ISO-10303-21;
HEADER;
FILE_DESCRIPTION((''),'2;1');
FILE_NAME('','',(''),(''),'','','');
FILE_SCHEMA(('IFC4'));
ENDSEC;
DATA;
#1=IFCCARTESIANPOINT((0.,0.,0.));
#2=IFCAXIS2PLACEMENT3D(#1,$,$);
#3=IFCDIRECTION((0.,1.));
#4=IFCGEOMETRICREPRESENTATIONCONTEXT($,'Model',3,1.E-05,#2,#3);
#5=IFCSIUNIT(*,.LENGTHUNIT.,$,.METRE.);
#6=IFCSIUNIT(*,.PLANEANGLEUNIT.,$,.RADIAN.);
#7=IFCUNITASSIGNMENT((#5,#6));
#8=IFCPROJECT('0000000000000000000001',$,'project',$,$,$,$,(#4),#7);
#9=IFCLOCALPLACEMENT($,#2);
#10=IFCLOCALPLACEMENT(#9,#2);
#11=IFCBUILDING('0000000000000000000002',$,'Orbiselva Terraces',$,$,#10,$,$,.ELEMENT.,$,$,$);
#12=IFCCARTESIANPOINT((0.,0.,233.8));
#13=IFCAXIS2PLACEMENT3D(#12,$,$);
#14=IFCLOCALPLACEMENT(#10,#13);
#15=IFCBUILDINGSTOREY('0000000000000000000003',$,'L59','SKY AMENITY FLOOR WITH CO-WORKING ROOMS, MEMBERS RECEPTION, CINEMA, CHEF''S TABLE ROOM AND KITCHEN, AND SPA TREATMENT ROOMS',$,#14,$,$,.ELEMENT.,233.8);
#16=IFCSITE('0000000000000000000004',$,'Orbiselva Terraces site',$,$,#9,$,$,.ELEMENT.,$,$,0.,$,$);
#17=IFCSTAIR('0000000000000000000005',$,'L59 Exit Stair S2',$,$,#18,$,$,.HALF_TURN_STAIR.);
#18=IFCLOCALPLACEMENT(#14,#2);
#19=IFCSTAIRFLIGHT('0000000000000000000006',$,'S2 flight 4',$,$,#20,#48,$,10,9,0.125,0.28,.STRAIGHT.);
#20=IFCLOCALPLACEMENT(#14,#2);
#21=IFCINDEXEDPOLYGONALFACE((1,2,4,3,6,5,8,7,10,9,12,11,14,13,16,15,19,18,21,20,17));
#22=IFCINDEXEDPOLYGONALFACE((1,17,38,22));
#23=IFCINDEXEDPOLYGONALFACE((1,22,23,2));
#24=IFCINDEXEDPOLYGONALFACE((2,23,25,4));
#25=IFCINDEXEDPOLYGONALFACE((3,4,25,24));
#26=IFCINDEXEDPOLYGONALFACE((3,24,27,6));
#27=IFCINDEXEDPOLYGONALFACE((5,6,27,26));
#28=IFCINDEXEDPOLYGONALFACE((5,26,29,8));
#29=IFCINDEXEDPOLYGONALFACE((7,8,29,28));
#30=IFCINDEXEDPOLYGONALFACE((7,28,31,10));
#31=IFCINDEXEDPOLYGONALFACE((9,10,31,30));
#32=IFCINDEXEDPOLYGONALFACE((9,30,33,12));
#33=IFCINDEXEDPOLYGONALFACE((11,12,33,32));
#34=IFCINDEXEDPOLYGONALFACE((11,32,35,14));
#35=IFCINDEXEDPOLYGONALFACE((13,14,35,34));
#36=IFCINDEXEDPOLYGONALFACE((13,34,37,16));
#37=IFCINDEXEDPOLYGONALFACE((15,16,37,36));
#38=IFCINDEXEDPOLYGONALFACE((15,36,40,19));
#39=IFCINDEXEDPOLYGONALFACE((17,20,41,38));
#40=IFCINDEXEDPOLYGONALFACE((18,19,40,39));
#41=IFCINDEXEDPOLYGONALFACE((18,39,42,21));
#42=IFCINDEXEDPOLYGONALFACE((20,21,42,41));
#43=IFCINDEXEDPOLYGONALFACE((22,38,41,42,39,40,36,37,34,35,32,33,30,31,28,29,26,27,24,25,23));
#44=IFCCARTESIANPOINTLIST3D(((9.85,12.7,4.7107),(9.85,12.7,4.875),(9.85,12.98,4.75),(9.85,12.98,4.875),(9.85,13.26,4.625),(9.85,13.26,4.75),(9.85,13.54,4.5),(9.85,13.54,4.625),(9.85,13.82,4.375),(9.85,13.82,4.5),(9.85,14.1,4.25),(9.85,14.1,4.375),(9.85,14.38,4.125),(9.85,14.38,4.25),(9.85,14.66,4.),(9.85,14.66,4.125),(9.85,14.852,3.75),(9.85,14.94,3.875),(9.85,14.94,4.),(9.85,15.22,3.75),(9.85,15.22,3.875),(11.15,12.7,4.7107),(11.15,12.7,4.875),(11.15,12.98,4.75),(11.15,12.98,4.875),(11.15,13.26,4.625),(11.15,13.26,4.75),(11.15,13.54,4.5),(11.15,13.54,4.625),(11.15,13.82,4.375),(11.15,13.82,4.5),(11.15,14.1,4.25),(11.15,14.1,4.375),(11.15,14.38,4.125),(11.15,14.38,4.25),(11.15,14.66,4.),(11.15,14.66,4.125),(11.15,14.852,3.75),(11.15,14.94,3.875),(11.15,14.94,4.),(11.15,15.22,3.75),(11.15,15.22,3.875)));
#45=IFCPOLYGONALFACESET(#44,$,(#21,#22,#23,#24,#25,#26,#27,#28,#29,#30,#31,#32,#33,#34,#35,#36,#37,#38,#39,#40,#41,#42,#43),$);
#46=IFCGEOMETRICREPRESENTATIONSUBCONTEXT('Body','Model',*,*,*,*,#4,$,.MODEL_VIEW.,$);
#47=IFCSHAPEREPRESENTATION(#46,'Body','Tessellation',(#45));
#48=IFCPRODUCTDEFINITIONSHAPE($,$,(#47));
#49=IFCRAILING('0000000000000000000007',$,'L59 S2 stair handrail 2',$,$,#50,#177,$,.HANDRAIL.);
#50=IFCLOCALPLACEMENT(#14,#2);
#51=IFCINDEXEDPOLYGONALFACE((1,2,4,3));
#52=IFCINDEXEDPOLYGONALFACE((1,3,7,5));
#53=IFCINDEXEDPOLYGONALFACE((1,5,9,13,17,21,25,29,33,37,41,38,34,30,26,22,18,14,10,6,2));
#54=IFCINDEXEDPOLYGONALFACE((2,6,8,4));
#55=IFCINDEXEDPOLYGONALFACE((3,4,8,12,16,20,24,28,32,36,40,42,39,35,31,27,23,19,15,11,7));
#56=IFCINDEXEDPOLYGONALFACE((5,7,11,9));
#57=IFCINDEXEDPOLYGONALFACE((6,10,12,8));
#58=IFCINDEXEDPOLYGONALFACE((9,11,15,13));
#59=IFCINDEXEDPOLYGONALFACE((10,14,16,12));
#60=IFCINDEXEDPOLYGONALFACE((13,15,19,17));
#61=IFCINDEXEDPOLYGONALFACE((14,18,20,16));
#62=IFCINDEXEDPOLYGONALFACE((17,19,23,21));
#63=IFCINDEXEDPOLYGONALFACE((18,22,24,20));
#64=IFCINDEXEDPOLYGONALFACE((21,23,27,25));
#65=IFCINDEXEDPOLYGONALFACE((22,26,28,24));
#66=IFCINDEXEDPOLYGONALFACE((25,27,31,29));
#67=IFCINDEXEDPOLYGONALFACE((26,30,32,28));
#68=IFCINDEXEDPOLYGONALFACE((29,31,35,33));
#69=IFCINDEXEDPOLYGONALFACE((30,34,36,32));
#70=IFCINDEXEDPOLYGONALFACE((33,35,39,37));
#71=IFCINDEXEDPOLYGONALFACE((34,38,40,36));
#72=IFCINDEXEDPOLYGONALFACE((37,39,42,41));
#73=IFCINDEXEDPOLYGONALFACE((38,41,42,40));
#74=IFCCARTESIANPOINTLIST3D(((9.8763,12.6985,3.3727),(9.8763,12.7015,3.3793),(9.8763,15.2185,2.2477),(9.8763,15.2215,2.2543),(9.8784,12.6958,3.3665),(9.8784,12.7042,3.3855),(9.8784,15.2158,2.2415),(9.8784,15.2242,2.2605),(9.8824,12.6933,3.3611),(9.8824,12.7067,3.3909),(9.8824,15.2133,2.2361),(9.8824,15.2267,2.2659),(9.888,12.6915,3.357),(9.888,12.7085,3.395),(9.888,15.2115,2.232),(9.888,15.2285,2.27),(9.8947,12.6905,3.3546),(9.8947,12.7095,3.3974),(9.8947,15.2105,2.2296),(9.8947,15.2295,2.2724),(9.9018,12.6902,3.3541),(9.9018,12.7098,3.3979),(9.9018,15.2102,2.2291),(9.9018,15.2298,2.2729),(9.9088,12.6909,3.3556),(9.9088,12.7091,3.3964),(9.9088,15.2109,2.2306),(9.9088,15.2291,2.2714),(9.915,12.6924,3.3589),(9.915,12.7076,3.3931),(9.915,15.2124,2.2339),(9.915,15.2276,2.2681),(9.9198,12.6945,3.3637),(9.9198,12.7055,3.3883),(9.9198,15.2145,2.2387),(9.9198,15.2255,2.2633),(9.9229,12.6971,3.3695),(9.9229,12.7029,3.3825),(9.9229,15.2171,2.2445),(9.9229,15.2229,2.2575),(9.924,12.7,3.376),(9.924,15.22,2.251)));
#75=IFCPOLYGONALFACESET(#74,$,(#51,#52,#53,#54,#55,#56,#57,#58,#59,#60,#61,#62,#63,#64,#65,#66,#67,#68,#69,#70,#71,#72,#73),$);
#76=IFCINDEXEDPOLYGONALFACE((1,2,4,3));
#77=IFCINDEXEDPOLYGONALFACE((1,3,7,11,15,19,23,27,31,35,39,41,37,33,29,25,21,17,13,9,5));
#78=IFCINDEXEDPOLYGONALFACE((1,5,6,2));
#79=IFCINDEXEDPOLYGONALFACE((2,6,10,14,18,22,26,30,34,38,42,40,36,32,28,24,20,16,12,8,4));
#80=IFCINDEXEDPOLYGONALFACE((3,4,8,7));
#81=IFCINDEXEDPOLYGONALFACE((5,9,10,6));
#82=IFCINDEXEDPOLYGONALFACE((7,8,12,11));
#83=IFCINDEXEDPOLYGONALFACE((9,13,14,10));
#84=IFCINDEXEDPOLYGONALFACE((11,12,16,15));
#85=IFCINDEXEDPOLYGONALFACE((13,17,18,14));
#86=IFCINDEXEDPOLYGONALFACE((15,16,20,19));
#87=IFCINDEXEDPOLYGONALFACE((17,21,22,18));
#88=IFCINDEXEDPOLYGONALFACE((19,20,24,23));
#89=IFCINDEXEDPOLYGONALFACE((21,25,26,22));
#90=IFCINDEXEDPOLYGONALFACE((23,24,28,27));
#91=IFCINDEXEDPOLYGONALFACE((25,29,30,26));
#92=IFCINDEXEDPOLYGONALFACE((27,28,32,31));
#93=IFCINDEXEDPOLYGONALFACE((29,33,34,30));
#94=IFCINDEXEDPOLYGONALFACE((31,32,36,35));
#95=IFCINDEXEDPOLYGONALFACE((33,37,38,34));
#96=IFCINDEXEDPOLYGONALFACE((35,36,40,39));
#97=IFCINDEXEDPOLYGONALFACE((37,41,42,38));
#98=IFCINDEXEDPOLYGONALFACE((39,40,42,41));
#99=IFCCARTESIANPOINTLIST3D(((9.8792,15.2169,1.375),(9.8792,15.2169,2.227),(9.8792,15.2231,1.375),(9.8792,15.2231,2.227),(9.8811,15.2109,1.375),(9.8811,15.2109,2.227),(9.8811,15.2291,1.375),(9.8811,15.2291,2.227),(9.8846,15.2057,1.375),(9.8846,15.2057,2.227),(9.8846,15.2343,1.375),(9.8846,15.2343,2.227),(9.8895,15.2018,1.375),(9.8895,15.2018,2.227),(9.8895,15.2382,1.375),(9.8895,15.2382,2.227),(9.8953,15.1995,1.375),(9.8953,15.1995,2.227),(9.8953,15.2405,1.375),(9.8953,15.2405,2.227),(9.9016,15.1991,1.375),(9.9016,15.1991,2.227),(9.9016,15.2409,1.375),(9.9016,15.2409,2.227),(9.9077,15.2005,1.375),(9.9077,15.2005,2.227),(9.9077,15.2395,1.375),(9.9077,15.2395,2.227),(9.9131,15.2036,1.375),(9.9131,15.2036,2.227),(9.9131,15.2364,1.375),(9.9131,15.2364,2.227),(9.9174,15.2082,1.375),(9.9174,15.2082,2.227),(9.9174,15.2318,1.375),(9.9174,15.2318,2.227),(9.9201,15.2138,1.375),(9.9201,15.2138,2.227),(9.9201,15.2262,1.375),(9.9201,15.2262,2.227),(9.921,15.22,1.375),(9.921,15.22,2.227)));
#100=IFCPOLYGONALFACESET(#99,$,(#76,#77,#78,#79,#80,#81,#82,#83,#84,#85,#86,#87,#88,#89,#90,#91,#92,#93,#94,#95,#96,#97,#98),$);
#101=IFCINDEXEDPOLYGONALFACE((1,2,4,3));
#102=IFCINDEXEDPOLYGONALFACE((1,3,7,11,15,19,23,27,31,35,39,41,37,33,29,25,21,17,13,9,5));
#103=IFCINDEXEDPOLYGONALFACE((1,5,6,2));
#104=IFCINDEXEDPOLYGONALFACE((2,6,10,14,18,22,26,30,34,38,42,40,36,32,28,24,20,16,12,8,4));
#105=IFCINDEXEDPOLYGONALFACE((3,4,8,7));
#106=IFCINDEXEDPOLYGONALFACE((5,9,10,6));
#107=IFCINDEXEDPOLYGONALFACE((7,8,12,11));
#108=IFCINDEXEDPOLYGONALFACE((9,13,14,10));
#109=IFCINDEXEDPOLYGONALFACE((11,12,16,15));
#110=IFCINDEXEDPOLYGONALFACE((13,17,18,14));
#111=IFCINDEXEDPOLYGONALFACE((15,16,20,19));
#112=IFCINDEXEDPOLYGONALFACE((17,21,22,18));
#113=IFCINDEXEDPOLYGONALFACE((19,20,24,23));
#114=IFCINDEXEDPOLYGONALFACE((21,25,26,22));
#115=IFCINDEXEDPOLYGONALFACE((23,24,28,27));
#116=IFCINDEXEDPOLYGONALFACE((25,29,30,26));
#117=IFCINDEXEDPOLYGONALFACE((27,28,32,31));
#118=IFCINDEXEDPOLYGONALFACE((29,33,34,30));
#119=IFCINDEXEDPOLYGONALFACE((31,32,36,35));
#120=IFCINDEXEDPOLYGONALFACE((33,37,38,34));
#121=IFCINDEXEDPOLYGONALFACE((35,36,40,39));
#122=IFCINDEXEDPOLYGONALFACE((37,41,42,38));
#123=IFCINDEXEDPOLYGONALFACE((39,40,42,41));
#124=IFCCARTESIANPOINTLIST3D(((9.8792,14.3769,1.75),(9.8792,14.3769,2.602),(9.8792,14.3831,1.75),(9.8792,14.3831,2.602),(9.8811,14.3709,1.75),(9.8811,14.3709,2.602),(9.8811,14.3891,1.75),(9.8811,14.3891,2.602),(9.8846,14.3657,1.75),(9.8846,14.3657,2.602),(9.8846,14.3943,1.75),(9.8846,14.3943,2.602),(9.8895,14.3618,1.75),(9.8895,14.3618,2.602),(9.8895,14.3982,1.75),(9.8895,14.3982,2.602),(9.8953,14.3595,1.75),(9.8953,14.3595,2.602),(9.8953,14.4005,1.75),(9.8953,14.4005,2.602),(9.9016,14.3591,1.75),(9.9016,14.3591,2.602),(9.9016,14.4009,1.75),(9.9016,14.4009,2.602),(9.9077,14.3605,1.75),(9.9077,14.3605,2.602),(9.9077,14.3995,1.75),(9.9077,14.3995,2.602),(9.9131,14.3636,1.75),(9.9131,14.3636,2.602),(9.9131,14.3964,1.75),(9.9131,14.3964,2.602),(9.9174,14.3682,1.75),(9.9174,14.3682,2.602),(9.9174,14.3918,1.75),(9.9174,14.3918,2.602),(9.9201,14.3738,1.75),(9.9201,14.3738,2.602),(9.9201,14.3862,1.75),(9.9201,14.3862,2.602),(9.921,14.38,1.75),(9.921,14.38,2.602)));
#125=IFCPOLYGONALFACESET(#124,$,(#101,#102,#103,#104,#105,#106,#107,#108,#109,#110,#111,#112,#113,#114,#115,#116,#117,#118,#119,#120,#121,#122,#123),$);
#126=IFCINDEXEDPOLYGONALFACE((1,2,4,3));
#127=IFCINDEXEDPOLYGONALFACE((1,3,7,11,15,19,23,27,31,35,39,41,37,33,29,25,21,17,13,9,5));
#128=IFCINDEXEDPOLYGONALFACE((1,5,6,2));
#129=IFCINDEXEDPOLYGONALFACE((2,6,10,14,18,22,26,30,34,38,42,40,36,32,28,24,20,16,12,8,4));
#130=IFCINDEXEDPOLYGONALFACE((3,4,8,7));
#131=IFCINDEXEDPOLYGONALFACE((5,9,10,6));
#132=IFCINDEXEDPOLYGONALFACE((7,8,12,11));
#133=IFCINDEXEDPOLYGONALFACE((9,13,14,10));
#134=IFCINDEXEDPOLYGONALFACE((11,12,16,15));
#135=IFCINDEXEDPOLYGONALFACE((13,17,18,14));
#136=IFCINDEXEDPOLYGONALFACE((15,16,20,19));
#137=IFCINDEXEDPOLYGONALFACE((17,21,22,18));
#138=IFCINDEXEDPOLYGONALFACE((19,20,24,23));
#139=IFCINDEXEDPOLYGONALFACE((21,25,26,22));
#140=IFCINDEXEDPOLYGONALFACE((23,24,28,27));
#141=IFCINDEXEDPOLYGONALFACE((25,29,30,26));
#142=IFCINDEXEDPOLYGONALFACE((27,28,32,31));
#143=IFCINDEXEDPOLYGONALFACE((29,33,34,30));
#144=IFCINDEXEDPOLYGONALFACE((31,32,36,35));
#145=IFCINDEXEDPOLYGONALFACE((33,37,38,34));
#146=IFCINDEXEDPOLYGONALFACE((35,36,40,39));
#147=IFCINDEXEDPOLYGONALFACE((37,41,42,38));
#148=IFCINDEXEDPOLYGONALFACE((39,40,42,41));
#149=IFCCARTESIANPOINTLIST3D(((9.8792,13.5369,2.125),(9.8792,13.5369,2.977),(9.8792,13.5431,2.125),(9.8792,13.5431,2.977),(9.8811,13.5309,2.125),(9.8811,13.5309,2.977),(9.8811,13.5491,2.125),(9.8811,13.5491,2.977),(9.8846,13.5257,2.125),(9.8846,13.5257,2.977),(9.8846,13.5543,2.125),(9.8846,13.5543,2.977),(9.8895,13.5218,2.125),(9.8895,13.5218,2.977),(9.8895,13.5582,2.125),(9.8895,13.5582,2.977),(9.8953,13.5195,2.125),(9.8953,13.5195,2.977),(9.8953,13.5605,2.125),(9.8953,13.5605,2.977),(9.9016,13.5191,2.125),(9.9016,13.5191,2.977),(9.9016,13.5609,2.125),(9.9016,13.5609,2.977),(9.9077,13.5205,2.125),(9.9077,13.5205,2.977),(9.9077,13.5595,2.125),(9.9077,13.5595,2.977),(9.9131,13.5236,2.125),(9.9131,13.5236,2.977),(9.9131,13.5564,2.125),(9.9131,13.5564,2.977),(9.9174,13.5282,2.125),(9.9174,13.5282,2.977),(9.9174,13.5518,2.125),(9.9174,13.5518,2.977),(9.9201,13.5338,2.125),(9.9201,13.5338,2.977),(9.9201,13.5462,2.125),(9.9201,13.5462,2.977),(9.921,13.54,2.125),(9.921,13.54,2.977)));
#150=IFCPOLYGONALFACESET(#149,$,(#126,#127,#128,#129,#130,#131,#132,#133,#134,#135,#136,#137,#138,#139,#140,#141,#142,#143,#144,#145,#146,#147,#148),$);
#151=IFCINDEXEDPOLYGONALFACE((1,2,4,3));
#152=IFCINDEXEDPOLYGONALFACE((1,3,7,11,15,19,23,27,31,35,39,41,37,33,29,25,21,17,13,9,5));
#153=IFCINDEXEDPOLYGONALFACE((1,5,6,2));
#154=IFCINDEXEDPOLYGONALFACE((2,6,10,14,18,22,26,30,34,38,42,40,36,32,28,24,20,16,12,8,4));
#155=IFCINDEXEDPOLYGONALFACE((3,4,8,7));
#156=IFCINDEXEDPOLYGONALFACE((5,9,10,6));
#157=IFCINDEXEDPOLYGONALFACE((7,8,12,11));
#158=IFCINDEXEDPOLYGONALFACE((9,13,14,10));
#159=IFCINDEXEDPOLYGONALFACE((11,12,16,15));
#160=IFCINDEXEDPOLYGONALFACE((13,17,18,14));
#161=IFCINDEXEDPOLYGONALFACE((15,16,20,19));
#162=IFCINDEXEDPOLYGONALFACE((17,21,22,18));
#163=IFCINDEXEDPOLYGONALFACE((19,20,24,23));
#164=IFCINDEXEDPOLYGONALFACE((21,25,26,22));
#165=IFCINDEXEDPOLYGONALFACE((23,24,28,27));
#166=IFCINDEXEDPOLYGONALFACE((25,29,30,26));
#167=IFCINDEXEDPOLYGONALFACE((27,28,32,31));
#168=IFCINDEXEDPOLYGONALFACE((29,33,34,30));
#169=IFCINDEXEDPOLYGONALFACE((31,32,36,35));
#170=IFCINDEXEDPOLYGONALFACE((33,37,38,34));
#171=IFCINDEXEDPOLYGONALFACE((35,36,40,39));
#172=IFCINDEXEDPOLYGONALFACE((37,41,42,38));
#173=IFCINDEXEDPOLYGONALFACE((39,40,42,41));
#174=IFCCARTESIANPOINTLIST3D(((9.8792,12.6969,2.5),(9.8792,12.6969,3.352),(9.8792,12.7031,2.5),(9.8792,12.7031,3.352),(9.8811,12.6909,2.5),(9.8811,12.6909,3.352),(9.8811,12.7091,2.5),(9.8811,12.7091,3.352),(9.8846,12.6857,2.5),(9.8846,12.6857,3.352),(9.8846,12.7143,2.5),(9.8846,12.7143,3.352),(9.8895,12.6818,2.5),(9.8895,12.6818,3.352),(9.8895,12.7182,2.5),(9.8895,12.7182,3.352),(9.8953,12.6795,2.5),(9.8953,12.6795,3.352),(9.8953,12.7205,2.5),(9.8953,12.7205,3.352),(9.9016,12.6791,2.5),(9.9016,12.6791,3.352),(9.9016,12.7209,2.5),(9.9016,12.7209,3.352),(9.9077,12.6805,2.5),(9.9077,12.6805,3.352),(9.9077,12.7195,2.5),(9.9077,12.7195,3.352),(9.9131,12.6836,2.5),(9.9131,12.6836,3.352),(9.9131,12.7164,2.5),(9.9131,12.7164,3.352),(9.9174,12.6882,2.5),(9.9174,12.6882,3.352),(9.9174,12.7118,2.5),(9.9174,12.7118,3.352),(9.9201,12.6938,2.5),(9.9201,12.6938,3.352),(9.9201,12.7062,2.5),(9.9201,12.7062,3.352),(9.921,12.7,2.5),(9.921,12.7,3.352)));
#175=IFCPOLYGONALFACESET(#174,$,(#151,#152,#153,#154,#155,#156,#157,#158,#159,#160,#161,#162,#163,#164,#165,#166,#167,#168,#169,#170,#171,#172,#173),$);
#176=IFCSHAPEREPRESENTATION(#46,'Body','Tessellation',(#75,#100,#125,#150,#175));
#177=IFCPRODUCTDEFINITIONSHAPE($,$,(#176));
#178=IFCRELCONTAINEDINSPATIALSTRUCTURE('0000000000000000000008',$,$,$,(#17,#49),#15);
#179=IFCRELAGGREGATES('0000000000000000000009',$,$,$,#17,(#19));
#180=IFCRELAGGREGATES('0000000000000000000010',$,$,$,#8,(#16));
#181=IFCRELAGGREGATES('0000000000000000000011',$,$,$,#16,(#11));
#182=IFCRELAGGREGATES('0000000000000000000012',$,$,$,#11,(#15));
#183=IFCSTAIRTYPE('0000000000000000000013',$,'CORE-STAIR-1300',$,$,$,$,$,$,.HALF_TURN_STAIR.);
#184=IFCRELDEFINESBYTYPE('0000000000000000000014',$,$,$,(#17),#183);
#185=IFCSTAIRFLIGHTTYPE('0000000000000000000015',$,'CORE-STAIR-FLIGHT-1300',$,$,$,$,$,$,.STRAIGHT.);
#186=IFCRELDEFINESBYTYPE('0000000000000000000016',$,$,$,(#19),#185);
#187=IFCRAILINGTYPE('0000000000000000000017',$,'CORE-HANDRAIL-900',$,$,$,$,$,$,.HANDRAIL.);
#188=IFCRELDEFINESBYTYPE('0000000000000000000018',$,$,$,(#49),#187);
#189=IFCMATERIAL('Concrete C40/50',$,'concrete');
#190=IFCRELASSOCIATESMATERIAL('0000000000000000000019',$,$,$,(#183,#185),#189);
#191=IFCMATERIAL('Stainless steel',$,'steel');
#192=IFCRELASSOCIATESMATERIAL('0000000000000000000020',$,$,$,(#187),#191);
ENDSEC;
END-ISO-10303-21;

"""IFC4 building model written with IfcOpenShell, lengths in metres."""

from ifc_helpers import new_model, si_unit, direction, frame, origin, origin_2d, place, context, subcontext, project, spatial, polyline, circle, outline, extrude, material, type_object, element, aggregate, save


model = new_model("IFC4")

# Units and contexts
model_context = context("Model", 3, precision=1e-05, world=origin(), true_north=direction((0.0, 1.0)))
body_context = subcontext(model_context, "Body", "Model", "MODEL_VIEW")
ifc_project = project(units=[si_unit("LENGTHUNIT", "METRE"), si_unit("PLANEANGLEUNIT", "RADIAN")], contexts=[model_context])

# Site, building, storey
site_placement = place(None, origin())
site = spatial("IfcSite", under=ifc_project, at=site_placement, Name="Orbiselva Terraces site", CompositionType="ELEMENT", RefElevation=0.0)
building_placement = place(site_placement, origin())
building = spatial("IfcBuilding", under=site, at=building_placement, Name="Orbiselva Terraces", CompositionType="ELEMENT")
storey_placement = place(building_placement, frame((0.0, 0.0, 233.8)))
storey = spatial("IfcBuildingStorey", under=building, at=storey_placement, Name="L59", Description="SKY AMENITY FLOOR WITH CO-WORKING ROOMS, MEMBERS RECEPTION, CINEMA, CHEF'S TABLE ROOM AND KITCHEN, AND SPA TREATMENT ROOMS", CompositionType="ELEMENT", Elevation=233.8)

# Shared definitions
ifc_material_1 = material(Name="Concrete C40/50", Category="concrete")

# Stair, stair flight
stair_type = type_object("IfcStairType", Name="CORE-STAIR-1300", PredefinedType="HALF_TURN_STAIR", material=ifc_material_1)
stair_placement = place(storey_placement, origin())
stair = element("IfcStair", 1, at=stair_placement, inside=storey, type_object=stair_type, Name="L59 Exit Stair S2", PredefinedType="HALF_TURN_STAIR")
stair_flight_type = type_object("IfcStairFlightType", Name="CORE-STAIR-FLIGHT-1300", PredefinedType="STRAIGHT", material=ifc_material_1)
stair_flight_1_placement = place(storey_placement, frame((10.5, 15.22, 3.75), z_axis=(0.0, 0.0, 1.0), x_axis=(0.0, -1.0, 0.0)))
stair_flight_1 = element("IfcStairFlight", 2, at=stair_flight_1_placement, type_object=stair_flight_type, Name="S2 flight 4", NumberOfRisers=10, NumberOfTreads=9, PredefinedType="STRAIGHT", RiserHeight=0.125, TreadLength=0.28, context=body_context, shape_type="SweptSolid", body=[
    extrude(outline(polyline([(0.0, 0.0), (0.0, 0.125), (0.28, 0.125), (0.28, 0.25), (0.56, 0.25), (0.56, 0.375), (0.84, 0.375), (0.84, 0.5), (1.12, 0.5), (1.12, 0.625), (1.4, 0.625), (1.4, 0.75), (1.68, 0.75), (1.68, 0.875), (1.96, 0.875), (1.96, 1.0), (2.24, 1.0), (2.24, 1.125), (2.52, 1.125), (2.52, 1.25), (2.52, 0.9607), (0.368, 0.0), (0.0, 0.0)])), frame((0.0, 0.65, 0.0), z_axis=(0.0, -1.0, 0.0), x_axis=(1.0, 0.0, 0.0)), (0.0, 0.0, 1.0), 1.3),
])
aggregate(stair, [stair_flight_1])

# Railing
ifc_material_2 = material(Name="Stainless steel", Category="steel")
railing_type_1 = type_object("IfcRailingType", Name="CORE-HANDRAIL-900", PredefinedType="HANDRAIL", material=ifc_material_2)
railing_1_placement = place(storey_placement, frame((9.9, 15.22, 1.375)))
element("IfcRailing", 3, at=railing_1_placement, inside=storey, type_object=railing_type_1, Name="L59 S2 stair handrail 2", PredefinedType="HANDRAIL", context=body_context, shape_type="SweptSolid", body=[
    extrude(circle(Radius=0.024, at=origin_2d()), frame((0.0, 0.0, 0.876), z_axis=(0.0, -0.913138, 0.407651), x_axis=(1.0, 0.0, 0.0)), (0.0, 0.0, 1.0), 2.7597),
    extrude(circle(Radius=0.021, at=origin_2d()), origin(), (0.0, 0.0, 1.0), 0.852),
    extrude(circle(Radius=0.021, at=origin_2d()), frame((0.0, -0.84, 0.375)), (0.0, 0.0, 1.0), 0.852),
    extrude(circle(Radius=0.021, at=origin_2d()), frame((0.0, -1.68, 0.75)), (0.0, 0.0, 1.0), 0.852),
    extrude(circle(Radius=0.021, at=origin_2d()), frame((0.0, -2.52, 1.125)), (0.0, 0.0, 1.0), 0.852),
])

save(model, "model.ifc")
